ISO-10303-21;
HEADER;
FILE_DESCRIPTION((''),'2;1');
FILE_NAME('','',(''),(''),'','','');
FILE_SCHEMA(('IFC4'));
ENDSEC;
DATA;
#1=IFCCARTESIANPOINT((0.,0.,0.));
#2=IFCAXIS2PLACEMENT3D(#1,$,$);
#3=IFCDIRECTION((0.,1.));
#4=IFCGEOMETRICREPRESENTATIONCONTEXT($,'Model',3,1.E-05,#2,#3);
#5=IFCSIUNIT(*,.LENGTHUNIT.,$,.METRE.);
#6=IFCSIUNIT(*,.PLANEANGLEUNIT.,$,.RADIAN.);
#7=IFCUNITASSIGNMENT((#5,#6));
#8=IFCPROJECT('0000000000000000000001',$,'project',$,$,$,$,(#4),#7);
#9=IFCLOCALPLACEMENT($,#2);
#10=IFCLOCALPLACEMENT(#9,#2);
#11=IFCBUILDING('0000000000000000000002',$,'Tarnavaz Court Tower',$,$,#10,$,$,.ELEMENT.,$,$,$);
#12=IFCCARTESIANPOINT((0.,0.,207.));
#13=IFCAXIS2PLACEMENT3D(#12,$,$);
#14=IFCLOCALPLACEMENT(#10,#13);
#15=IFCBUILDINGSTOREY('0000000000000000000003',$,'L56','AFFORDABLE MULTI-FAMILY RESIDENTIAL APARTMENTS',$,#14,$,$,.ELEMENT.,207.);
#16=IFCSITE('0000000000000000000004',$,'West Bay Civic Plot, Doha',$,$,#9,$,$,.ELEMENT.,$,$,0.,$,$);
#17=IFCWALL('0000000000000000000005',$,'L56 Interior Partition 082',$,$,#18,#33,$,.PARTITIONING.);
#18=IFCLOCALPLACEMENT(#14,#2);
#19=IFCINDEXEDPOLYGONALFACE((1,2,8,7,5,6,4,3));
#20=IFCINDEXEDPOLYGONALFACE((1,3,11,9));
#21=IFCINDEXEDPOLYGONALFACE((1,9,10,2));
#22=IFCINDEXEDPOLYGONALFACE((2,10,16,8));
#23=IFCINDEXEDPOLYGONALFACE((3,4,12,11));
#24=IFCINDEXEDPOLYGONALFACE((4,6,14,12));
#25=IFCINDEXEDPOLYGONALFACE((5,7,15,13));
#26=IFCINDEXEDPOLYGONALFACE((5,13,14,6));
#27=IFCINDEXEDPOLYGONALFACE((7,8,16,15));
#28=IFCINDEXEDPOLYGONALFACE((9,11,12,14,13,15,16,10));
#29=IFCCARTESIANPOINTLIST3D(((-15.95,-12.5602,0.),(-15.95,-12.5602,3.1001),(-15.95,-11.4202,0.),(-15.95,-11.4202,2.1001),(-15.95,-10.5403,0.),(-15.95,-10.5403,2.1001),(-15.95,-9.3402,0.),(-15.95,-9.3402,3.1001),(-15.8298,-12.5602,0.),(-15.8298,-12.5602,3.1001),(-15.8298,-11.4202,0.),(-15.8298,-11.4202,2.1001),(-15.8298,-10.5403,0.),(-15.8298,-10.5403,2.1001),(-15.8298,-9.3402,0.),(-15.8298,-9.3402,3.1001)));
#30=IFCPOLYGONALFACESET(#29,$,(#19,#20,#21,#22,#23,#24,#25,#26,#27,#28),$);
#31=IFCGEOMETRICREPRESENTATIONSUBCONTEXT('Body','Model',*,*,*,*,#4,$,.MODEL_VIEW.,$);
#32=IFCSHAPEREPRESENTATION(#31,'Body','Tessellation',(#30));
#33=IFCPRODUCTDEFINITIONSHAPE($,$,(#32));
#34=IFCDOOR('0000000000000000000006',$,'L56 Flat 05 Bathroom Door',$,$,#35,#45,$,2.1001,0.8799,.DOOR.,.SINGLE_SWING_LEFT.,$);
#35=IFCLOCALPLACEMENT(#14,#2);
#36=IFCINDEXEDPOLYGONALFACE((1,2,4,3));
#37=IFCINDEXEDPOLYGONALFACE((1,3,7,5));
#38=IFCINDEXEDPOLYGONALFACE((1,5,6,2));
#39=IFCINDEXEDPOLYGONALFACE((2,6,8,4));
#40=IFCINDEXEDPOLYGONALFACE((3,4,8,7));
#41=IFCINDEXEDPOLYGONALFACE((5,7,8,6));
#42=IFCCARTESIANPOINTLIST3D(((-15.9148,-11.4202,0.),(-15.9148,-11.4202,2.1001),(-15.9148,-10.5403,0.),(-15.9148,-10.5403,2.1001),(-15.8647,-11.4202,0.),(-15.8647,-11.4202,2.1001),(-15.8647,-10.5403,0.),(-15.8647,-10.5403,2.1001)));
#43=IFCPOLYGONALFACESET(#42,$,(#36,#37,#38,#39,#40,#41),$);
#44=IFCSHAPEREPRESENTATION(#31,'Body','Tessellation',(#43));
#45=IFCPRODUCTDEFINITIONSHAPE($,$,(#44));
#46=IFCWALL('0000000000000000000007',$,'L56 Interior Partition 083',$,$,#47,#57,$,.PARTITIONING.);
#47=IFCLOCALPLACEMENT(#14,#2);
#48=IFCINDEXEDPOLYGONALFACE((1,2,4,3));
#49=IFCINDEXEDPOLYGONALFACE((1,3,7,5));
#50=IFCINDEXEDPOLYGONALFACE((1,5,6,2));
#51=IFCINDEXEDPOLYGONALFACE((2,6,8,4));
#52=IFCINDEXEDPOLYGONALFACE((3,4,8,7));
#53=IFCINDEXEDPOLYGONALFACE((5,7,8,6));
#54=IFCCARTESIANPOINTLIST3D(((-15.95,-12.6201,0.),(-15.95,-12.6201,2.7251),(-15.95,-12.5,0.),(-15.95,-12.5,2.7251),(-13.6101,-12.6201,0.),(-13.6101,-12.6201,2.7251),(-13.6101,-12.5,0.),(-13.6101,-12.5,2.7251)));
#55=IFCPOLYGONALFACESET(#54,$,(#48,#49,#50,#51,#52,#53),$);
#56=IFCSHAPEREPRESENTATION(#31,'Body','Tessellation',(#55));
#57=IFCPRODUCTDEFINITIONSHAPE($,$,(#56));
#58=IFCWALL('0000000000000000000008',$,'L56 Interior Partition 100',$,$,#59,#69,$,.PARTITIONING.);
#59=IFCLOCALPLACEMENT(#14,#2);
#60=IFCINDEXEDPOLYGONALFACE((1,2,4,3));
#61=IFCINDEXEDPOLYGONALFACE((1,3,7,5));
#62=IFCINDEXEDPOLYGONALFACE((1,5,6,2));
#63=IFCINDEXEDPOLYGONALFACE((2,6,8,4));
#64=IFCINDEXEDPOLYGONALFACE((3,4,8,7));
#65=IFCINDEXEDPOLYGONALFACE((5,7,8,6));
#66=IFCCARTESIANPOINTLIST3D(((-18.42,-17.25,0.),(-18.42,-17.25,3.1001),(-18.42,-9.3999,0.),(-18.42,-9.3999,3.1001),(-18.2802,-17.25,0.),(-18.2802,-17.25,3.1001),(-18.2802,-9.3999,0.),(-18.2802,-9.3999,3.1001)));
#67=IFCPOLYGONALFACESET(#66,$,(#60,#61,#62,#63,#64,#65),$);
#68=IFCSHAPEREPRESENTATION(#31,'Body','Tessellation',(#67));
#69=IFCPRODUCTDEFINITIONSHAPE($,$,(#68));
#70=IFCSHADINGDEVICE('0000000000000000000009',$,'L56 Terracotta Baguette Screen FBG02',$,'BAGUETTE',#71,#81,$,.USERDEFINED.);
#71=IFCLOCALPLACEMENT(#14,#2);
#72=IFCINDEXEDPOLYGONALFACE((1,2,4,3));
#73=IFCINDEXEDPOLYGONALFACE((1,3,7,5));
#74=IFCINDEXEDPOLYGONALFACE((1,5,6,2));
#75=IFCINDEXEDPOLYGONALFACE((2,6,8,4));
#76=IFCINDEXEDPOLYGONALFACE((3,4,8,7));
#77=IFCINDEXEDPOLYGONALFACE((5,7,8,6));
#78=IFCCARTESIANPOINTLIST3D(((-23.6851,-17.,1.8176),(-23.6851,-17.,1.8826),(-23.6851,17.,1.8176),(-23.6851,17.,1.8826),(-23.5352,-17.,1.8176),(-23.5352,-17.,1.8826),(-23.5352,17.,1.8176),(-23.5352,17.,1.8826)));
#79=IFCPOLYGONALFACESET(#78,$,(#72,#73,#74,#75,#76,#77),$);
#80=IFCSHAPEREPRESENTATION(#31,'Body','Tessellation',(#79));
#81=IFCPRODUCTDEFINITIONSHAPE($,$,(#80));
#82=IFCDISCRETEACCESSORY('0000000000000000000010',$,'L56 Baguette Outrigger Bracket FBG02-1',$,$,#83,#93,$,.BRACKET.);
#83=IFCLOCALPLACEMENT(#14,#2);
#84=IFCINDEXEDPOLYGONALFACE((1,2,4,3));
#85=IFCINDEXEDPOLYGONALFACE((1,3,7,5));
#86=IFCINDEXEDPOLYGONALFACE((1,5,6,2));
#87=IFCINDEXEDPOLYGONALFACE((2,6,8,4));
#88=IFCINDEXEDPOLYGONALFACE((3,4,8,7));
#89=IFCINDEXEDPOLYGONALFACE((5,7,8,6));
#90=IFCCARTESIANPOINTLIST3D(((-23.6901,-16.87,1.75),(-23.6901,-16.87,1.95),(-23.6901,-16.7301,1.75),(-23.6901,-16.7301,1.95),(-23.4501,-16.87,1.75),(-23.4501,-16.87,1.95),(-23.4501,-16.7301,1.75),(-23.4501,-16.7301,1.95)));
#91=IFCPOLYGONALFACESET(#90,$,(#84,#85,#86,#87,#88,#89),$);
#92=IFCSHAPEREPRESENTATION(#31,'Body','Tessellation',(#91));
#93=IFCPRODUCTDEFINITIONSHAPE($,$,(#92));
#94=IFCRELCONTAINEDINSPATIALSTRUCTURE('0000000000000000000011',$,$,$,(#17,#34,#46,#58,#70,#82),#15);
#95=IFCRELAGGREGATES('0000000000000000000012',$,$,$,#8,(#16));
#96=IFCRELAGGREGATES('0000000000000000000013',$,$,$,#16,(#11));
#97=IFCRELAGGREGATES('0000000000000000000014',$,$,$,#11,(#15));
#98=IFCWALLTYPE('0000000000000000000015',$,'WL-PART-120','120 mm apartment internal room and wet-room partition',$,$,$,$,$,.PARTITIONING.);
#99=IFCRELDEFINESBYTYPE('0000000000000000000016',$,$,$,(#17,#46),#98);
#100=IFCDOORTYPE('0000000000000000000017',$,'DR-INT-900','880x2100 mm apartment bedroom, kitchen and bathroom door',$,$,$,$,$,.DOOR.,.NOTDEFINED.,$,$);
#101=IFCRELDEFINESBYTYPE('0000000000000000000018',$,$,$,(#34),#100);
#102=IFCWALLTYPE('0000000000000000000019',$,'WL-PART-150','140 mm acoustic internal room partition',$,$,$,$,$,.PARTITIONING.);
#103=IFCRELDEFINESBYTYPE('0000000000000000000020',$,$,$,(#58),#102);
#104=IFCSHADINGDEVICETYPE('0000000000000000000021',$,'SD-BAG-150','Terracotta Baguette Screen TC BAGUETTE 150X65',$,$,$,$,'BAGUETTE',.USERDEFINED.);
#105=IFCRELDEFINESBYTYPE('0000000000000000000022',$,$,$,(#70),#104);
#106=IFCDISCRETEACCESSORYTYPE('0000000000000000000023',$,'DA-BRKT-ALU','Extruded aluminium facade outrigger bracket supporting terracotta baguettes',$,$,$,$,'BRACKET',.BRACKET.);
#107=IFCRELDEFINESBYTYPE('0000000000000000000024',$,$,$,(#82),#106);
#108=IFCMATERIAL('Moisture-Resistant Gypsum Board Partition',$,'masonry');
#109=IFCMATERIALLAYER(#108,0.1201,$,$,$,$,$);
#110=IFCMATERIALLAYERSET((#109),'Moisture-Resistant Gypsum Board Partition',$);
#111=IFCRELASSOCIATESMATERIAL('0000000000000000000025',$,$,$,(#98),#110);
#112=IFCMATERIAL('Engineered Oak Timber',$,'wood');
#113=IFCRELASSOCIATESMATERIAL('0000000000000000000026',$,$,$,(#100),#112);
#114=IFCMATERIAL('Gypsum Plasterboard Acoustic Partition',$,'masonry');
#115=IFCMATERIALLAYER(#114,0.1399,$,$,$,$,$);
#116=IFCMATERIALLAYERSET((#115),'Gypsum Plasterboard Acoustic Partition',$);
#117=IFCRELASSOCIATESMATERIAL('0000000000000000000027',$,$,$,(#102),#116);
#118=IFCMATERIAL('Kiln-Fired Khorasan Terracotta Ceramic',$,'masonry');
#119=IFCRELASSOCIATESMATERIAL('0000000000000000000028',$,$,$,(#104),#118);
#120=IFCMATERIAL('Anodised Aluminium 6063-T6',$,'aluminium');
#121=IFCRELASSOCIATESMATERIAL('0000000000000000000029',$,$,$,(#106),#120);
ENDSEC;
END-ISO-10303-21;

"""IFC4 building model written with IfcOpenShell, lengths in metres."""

from ifc_helpers import new_model, si_unit, direction, frame, frame_2d, origin, origin_2d, place, context, subcontext, project, spatial, rectangle, extrude, material, layer, layer_set, material_profile, profile_set, type_object, element, fill, save


model = new_model("IFC4")

# Units and contexts
model_context = context("Model", 3, precision=1e-05, world=origin(), true_north=direction((0.0, 1.0)))
body_context = subcontext(model_context, "Body", "Model", "MODEL_VIEW")
ifc_project = project(units=[si_unit("LENGTHUNIT", "METRE"), si_unit("PLANEANGLEUNIT", "RADIAN")], contexts=[model_context])

# Site, building, storey
site_placement = place(None, origin())
site = spatial("IfcSite", under=ifc_project, at=site_placement, Name="West Bay Civic Plot, Doha", CompositionType="ELEMENT", RefElevation=0.0)
building_placement = place(site_placement, origin())
building = spatial("IfcBuilding", under=site, at=building_placement, Name="Tarnavaz Court Tower", CompositionType="ELEMENT")
storey_placement = place(building_placement, frame((0.0, 0.0, 207.0)))
storey = spatial("IfcBuildingStorey", under=building, at=storey_placement, Name="L56", Description="AFFORDABLE MULTI-FAMILY RESIDENTIAL APARTMENTS", CompositionType="ELEMENT", Elevation=207.0)

# Wall, opening, door
ifc_material_1 = material(Name="Engineered Oak Timber", Category="wood")
ifc_material_2 = material(Name="Moisture-Resistant Gypsum Board Partition", Category="masonry")
ifc_layer_1 = layer(ifc_material_2, 0.1201)
ifc_layer_set_1 = layer_set([ifc_layer_1], Name="Moisture-Resistant Gypsum Board Partition")
wall_type_1 = type_object("IfcWallType", Name="WL-PART-120", Description="120 mm apartment internal room and wet-room partition", PredefinedType="PARTITIONING", material=ifc_layer_set_1)
wall_1_placement = place(storey_placement, frame((-15.8899, -12.5601, 0.0), z_axis=(0.0, 0.0, 1.0), x_axis=(0.0, 1.0, 0.0)))
wall_1 = element("IfcWall", 1, at=wall_1_placement, inside=storey, type_object=wall_type_1, Name="L56 Interior Partition 082", PredefinedType="PARTITIONING", context=body_context, shape_type="SweptSolid", body=[
    extrude(rectangle(XDim=3.22, YDim=0.1201, at=frame_2d((1.6099, 0.0))), origin(), (0.0, 0.0, 1.0), 3.1001),
])
opening_1_placement = place(wall_1_placement, frame((1.1399, 0.0, 0.0)))
opening_1 = element("IfcOpeningElement", 2, at=opening_1_placement, cuts=wall_1, PredefinedType="OPENING", context=body_context, shape_type="SweptSolid", body=[
    extrude(rectangle(XDim=0.8799, YDim=2.1001, at=frame_2d((0.4399, 1.05))), frame((0.0, 0.0701, 0.0), z_axis=(0.0, -1.0, 0.0), x_axis=(1.0, 0.0, 0.0)), (0.0, 0.0, 1.0), 0.1401),
])
door_type_1 = type_object("IfcDoorType", Name="DR-INT-900", Description="880x2100 mm apartment bedroom, kitchen and bathroom door", OperationType="NOTDEFINED", PredefinedType="DOOR", material=ifc_material_1)
door_1_placement = place(opening_1_placement, origin())
door_1 = element("IfcDoor", 3, at=door_1_placement, inside=storey, type_object=door_type_1, Name="L56 Flat 05 Bathroom Door", OperationType="SINGLE_SWING_LEFT", OverallHeight=2.1001, OverallWidth=0.8799, PredefinedType="DOOR", context=body_context, shape_type="SweptSolid", body=[
    extrude(rectangle(XDim=0.8799, YDim=2.1001, at=frame_2d((0.4399, 1.05))), frame((0.0, 0.0249, 0.0), z_axis=(0.0, -1.0, 0.0), x_axis=(1.0, 0.0, 0.0)), (0.0, 0.0, 1.0), 0.05),
])
fill(opening_1, door_1)

# Walls
wall_2_placement = place(storey_placement, frame((-15.95, -12.5601, 0.0), z_axis=(0.0, 0.0, 1.0), x_axis=(1.0, 0.0, 0.0)))
element("IfcWall", 4, at=wall_2_placement, inside=storey, type_object=wall_type_1, Name="L56 Interior Partition 083", PredefinedType="PARTITIONING", context=body_context, shape_type="SweptSolid", body=[
    extrude(rectangle(XDim=2.3398, YDim=0.1201, at=frame_2d((1.1699, 0.0))), origin(), (0.0, 0.0, 1.0), 2.7251),
])
ifc_material_3 = material(Name="Gypsum Plasterboard Acoustic Partition", Category="masonry")
ifc_layer_2 = layer(ifc_material_3, 0.1399)
ifc_layer_set_2 = layer_set([ifc_layer_2], Name="Gypsum Plasterboard Acoustic Partition")
wall_type_2 = type_object("IfcWallType", Name="WL-PART-150", Description="140 mm acoustic internal room partition", PredefinedType="PARTITIONING", material=ifc_layer_set_2)
wall_3_placement = place(storey_placement, frame((-18.3501, -17.25, 0.0), z_axis=(0.0, 0.0, 1.0), x_axis=(0.0, 1.0, 0.0)))
element("IfcWall", 5, at=wall_3_placement, inside=storey, type_object=wall_type_2, Name="L56 Interior Partition 100", PredefinedType="PARTITIONING", context=body_context, shape_type="SweptSolid", body=[
    extrude(rectangle(XDim=7.8501, YDim=0.1399, at=frame_2d((3.925, 0.0))), origin(), (0.0, 0.0, 1.0), 3.1001),
])

# Shading device
ifc_material_4 = material(Name="Kiln-Fired Khorasan Terracotta Ceramic", Category="masonry")
ifc_material_profile_1 = material_profile(ifc_material_4, rectangle(XDim=0.1499, YDim=0.0649, at=origin_2d()), Name="TC BAGUETTE 150X65")
ifc_profile_set_1 = profile_set([ifc_material_profile_1], Name="Kiln-Fired Khorasan Terracotta Ceramic")
shading_device_type = type_object("IfcShadingDeviceType", Name="SD-BAG-150", Description="Terracotta Baguette Screen TC BAGUETTE 150X65", ElementType="BAGUETTE", PredefinedType="USERDEFINED", material=ifc_profile_set_1)
shading_device_placement = place(storey_placement, frame((-23.6101, -17.0, 1.8501), z_axis=(0.0, 1.0, 0.0), x_axis=(-1.0, 0.0, 0.0)))
element("IfcShadingDevice", 6, at=shading_device_placement, inside=storey, type_object=shading_device_type, Name="L56 Terracotta Baguette Screen FBG02", ObjectType="BAGUETTE", PredefinedType="USERDEFINED", context=body_context, shape_type="SweptSolid", body=[
    extrude(rectangle(XDim=0.1499, YDim=0.0649, at=origin_2d()), origin(), (0.0, 0.0, 1.0), 34.0),
])

# Discrete accessory
ifc_material_5 = material(Name="Anodised Aluminium 6063-T6", Category="aluminium")
discrete_accessory_type = type_object("IfcDiscreteAccessoryType", Name="DA-BRKT-ALU", Description="Extruded aluminium facade outrigger bracket supporting terracotta baguettes", ElementType="BRACKET", PredefinedType="BRACKET", material=ifc_material_5)
discrete_accessory_placement = place(storey_placement, frame((-23.5701, -16.8, 1.75), z_axis=(0.0, 0.0, 1.0), x_axis=(0.0, 1.0, 0.0)))
element("IfcDiscreteAccessory", 7, at=discrete_accessory_placement, inside=storey, type_object=discrete_accessory_type, Name="L56 Baguette Outrigger Bracket FBG02-1", PredefinedType="BRACKET", context=body_context, shape_type="SweptSolid", body=[
    extrude(rectangle(XDim=0.1399, YDim=0.24, at=origin_2d()), origin(), (0.0, 0.0, 1.0), 0.2),
])

save(model, "model.ifc")
